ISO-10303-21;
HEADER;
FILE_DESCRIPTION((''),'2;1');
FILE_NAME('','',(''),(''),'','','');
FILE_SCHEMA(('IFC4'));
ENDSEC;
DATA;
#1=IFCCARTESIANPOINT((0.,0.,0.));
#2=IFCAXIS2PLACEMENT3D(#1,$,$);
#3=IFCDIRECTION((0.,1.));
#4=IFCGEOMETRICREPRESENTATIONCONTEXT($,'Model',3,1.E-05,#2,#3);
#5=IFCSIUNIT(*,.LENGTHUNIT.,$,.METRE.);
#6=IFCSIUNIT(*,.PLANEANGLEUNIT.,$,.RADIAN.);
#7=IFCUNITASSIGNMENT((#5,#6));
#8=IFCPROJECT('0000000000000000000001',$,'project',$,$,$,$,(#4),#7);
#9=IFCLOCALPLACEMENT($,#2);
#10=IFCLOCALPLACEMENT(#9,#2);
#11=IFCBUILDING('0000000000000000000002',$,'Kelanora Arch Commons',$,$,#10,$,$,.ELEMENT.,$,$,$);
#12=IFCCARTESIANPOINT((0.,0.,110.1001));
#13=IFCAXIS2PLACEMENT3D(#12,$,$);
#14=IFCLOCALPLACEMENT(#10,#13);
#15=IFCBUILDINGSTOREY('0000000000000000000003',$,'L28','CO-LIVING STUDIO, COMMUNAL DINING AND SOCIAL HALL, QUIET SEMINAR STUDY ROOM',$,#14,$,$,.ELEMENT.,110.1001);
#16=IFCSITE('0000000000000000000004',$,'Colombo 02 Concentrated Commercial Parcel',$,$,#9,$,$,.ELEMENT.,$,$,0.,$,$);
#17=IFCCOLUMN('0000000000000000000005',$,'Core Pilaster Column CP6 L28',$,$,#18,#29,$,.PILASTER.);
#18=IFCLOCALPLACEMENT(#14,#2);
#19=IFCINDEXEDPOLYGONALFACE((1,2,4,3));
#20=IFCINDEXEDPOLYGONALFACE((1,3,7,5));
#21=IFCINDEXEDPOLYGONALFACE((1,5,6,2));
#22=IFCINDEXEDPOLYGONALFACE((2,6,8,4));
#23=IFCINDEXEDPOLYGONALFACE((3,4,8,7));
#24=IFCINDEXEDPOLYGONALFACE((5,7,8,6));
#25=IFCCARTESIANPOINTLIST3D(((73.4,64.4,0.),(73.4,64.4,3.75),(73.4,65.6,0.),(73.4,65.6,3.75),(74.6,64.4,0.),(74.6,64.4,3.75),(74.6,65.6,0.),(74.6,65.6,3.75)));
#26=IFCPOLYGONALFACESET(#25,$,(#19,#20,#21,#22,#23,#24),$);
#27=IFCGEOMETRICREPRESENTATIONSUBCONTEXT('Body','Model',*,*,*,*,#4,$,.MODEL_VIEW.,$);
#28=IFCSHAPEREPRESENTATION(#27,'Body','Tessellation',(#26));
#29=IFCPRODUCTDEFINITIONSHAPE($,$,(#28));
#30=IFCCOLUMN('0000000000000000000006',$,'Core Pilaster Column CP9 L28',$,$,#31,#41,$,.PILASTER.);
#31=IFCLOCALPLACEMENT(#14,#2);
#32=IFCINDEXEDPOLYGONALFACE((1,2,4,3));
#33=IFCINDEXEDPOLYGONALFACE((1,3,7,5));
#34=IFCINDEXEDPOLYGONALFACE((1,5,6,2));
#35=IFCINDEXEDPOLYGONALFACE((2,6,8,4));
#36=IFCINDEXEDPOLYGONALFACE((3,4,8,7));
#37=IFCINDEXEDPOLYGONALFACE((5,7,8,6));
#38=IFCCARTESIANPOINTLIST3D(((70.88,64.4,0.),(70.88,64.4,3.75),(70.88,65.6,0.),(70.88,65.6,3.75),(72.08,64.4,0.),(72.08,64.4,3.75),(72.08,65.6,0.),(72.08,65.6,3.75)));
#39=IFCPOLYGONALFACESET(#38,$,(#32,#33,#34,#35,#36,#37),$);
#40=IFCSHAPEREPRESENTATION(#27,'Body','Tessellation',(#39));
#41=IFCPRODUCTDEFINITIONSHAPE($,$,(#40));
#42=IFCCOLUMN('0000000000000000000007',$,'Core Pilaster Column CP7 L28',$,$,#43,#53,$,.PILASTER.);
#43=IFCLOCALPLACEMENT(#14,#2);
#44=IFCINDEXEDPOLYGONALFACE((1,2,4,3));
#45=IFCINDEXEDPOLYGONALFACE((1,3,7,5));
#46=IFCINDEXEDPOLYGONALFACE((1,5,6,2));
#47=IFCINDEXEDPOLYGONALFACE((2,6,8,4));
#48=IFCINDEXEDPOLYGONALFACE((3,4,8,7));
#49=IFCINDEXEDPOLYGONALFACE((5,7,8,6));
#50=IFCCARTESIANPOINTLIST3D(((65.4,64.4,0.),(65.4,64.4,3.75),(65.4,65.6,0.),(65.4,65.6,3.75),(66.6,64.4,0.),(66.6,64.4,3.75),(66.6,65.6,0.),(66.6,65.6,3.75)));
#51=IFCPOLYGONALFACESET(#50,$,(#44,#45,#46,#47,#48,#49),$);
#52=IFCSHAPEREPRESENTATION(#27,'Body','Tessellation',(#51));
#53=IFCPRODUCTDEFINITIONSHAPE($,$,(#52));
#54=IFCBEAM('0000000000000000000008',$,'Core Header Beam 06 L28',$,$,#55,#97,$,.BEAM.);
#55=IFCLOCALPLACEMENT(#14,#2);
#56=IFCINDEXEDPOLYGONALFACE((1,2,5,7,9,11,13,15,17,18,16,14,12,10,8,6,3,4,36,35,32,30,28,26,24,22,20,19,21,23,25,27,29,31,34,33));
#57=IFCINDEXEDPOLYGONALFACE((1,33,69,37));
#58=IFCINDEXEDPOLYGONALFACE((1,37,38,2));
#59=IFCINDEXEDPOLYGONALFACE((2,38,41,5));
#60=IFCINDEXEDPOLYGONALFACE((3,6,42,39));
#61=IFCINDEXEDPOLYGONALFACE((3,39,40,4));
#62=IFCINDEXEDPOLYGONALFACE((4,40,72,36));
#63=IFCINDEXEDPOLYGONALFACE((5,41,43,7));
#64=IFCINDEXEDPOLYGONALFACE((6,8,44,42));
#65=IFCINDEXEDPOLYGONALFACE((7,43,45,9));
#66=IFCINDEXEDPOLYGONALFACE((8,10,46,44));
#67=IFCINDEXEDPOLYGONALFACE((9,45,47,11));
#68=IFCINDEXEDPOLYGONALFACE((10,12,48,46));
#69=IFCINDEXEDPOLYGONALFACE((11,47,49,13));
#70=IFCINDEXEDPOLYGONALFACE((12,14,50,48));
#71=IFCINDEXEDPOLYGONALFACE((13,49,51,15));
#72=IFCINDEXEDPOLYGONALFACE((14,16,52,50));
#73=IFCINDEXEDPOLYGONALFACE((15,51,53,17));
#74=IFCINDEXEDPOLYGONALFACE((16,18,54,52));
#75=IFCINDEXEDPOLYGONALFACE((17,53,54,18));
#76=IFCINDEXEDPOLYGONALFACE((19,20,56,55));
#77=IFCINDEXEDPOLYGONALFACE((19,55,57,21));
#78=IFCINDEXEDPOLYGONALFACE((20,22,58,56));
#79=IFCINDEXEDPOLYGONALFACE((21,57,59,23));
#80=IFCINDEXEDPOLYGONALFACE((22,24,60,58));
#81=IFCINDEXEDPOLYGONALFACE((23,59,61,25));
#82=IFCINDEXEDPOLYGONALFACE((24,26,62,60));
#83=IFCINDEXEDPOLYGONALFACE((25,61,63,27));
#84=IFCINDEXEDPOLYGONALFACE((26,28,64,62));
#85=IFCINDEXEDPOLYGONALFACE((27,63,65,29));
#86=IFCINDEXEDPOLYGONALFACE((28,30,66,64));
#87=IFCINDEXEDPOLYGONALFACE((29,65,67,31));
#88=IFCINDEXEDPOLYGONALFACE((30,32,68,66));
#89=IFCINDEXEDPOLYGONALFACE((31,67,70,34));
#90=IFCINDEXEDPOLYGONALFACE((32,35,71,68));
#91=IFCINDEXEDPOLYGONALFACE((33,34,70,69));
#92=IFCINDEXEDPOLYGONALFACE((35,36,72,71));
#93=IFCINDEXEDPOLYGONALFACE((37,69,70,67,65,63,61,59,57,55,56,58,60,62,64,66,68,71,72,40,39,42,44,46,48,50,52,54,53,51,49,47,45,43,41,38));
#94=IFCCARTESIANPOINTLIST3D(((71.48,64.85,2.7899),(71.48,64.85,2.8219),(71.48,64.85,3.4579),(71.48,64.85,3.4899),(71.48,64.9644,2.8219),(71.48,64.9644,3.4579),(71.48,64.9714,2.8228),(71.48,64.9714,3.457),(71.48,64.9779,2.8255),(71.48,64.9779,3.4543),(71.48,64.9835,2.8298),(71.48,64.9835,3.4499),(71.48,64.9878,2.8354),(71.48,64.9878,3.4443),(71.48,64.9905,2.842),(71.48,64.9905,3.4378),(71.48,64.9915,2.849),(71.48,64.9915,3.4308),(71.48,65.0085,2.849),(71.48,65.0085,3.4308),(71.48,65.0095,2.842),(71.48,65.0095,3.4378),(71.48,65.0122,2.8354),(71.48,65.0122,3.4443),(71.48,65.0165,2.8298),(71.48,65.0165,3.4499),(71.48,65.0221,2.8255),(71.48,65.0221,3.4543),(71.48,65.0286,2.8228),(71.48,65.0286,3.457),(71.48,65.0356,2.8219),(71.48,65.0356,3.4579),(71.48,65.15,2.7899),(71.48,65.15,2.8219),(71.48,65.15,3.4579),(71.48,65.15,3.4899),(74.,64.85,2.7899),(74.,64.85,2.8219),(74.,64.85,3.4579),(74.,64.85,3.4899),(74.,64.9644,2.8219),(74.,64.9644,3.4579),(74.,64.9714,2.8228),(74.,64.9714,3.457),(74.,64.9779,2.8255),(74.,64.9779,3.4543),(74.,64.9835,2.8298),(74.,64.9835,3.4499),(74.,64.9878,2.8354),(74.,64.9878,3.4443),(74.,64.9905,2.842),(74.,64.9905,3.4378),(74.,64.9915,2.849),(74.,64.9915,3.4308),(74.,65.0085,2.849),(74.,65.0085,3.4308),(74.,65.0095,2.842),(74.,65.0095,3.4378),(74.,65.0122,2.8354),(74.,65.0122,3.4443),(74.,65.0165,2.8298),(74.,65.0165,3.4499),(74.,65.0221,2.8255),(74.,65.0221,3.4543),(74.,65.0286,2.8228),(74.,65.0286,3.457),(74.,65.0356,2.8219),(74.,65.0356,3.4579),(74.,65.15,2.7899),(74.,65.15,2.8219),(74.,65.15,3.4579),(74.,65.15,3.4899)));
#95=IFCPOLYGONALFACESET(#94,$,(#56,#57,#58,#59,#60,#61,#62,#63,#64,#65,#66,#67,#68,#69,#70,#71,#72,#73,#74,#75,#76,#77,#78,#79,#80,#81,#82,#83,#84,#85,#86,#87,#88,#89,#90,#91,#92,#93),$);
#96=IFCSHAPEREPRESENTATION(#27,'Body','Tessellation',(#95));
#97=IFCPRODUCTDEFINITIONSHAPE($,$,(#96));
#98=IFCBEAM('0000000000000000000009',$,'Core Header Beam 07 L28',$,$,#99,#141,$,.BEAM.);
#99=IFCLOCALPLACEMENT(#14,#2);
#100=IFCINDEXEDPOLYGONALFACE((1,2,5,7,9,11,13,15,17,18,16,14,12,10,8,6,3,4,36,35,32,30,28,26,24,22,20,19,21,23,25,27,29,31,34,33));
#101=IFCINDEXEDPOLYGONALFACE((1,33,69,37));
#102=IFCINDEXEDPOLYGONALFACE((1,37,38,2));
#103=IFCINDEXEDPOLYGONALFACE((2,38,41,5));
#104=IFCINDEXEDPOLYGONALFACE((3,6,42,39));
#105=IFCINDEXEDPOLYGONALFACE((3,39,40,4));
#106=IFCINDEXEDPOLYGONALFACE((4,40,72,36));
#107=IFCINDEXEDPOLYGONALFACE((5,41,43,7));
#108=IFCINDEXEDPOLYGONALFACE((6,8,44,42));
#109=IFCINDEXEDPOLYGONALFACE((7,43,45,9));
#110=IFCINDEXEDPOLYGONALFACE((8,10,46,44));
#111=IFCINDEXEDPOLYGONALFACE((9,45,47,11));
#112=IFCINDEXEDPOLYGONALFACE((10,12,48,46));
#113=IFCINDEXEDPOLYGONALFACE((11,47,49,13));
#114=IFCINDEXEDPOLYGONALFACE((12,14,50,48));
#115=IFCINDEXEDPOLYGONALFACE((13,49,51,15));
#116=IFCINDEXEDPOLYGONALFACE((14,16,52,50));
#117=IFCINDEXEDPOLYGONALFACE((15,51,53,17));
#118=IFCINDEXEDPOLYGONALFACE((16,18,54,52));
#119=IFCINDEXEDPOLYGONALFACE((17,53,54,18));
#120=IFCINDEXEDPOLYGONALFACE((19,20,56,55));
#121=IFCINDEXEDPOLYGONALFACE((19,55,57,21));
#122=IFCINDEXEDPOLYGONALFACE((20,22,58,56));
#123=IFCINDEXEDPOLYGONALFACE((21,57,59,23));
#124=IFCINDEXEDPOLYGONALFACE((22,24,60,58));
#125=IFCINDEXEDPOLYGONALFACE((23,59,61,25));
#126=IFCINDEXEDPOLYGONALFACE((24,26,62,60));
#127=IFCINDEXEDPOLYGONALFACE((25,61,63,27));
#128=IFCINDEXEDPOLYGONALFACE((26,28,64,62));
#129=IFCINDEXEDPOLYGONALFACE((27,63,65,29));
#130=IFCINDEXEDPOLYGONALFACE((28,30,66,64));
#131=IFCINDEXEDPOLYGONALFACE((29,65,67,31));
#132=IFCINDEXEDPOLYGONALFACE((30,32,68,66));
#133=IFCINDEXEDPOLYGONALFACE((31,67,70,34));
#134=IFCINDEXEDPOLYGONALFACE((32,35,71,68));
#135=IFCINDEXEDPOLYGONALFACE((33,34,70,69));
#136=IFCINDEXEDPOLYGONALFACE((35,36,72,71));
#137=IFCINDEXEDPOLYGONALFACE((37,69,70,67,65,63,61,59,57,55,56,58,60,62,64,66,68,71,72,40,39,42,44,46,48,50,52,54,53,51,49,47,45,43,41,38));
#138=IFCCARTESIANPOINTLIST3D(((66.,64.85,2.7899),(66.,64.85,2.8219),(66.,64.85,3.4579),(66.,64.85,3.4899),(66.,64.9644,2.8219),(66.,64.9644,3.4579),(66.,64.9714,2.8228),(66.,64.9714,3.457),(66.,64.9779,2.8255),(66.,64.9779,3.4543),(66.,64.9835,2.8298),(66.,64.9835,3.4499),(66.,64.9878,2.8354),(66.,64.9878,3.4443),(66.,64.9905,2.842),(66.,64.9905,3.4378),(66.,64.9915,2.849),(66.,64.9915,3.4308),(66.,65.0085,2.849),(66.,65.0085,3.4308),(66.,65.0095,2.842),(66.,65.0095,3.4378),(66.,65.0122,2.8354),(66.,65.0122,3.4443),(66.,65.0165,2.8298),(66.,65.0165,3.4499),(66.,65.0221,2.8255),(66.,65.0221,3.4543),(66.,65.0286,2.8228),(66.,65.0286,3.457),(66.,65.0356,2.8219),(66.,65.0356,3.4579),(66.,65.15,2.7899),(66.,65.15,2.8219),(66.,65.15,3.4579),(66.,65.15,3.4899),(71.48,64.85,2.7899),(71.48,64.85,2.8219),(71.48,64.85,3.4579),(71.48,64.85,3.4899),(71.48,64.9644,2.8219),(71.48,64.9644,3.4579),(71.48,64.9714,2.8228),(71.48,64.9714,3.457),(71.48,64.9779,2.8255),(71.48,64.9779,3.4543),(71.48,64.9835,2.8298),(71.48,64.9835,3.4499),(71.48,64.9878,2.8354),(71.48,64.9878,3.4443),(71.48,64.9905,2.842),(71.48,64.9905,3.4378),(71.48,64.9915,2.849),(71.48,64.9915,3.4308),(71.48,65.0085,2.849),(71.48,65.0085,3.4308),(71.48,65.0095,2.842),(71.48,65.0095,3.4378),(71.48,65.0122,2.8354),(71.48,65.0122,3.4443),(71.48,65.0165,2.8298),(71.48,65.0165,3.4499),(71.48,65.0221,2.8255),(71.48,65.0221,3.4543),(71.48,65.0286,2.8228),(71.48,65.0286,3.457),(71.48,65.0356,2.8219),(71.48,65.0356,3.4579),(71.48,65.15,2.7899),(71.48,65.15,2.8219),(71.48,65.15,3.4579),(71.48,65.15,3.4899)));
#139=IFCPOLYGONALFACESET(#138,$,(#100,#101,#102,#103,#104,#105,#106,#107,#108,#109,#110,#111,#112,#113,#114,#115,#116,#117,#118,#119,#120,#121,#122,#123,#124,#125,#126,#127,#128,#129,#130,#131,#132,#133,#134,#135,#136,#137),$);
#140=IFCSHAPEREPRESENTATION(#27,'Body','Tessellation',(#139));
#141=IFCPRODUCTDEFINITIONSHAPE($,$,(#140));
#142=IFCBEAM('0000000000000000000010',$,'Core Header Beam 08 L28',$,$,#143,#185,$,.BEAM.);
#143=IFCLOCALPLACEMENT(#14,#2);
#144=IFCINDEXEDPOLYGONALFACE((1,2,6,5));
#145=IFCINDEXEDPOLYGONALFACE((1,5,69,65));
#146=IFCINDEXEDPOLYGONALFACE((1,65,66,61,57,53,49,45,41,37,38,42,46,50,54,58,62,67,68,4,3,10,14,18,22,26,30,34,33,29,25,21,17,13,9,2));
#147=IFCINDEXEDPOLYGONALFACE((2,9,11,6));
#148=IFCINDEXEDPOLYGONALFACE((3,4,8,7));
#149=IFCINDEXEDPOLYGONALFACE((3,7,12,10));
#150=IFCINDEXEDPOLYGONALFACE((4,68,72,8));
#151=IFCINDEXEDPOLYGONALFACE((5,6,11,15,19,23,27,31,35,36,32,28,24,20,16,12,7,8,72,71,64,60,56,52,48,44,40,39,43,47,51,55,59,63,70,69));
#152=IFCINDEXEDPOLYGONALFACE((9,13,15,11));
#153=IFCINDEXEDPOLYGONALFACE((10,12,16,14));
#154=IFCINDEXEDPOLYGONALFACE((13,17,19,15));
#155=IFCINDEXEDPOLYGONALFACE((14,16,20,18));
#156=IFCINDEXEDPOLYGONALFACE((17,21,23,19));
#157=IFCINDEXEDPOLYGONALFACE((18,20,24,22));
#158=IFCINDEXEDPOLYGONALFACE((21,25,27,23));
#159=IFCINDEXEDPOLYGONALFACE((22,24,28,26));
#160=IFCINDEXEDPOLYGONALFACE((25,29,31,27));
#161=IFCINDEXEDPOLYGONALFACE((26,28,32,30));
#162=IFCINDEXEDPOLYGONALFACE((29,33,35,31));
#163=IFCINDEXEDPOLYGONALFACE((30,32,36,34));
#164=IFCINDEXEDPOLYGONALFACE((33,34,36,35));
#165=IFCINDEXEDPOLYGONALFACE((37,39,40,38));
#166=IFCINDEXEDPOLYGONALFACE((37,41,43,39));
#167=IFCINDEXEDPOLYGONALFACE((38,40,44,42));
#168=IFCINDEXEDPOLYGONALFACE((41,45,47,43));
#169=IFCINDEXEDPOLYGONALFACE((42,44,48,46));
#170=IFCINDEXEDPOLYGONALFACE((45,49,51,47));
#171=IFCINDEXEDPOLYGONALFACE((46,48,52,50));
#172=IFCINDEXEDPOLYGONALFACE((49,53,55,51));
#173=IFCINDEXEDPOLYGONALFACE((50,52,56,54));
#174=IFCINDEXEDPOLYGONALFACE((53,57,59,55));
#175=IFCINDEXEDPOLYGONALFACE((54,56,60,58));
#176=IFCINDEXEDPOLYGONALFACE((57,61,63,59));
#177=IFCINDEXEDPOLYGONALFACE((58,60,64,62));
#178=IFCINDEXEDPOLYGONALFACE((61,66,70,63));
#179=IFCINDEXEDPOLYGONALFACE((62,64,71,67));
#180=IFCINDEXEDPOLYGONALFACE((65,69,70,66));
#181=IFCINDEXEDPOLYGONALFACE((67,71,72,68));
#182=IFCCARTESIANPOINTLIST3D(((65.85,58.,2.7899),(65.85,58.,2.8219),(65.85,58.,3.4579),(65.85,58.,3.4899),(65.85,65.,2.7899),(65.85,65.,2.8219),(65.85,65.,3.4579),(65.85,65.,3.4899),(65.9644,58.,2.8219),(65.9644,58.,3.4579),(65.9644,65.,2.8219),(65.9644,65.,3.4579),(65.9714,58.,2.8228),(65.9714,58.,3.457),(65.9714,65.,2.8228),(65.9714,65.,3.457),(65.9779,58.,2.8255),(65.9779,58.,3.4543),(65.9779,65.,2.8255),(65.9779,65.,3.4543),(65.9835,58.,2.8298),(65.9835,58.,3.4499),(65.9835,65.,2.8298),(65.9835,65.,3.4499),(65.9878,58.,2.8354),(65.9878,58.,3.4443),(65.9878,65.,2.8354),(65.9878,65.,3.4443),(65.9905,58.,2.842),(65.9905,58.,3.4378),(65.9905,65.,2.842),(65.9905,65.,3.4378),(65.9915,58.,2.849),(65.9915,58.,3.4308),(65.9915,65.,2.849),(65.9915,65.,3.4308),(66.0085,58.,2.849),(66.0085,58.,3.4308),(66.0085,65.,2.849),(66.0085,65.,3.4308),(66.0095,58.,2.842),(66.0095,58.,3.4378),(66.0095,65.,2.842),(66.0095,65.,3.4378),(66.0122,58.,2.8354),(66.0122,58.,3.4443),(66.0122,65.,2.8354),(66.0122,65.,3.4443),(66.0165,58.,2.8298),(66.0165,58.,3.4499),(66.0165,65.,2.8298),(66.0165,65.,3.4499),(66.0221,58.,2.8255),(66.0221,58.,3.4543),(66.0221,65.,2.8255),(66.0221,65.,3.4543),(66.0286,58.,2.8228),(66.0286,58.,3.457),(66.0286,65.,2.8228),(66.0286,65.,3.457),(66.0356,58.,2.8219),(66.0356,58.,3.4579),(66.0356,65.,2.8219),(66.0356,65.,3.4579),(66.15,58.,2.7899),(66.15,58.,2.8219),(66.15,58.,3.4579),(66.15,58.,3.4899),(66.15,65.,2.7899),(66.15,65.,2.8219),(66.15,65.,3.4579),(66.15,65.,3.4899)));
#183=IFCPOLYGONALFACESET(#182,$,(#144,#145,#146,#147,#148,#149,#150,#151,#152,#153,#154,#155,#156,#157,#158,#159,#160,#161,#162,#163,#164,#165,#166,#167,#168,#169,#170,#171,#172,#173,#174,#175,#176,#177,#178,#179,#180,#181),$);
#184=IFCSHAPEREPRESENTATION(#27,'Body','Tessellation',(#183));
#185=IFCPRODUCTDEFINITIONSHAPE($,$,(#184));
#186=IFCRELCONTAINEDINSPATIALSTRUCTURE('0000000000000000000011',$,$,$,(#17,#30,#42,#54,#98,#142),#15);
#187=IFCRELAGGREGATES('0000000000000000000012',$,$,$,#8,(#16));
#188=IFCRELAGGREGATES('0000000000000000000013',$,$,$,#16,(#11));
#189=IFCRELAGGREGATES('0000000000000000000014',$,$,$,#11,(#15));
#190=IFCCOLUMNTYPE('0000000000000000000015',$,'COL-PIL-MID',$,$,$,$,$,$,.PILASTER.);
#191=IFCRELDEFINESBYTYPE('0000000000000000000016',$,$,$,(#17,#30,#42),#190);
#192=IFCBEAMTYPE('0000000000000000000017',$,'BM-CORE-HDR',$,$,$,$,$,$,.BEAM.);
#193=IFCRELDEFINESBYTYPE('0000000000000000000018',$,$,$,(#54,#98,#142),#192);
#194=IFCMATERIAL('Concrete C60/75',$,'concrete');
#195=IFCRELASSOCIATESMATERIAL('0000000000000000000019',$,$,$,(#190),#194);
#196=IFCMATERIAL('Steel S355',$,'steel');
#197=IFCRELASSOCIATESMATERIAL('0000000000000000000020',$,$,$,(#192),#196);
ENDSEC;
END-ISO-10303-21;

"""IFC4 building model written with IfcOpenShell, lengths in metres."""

from ifc_helpers import new_model, si_unit, direction, frame, origin, origin_2d, place, context, subcontext, project, spatial, rectangle, i_section, extrude, material, material_profile, profile_set, type_object, element, save


model = new_model("IFC4")

# Units and contexts
model_context = context("Model", 3, precision=1e-05, world=origin(), true_north=direction((0.0, 1.0)))
body_context = subcontext(model_context, "Body", "Model", "MODEL_VIEW")
ifc_project = project(units=[si_unit("LENGTHUNIT", "METRE"), si_unit("PLANEANGLEUNIT", "RADIAN")], contexts=[model_context])

# Site, building, storey
site_placement = place(None, origin())
site = spatial("IfcSite", under=ifc_project, at=site_placement, Name="Colombo 02 Concentrated Commercial Parcel", CompositionType="ELEMENT", RefElevation=0.0)
building_placement = place(site_placement, origin())
building = spatial("IfcBuilding", under=site, at=building_placement, Name="Kelanora Arch Commons", CompositionType="ELEMENT")
storey_placement = place(building_placement, frame((0.0, 0.0, 110.1001)))
storey = spatial("IfcBuildingStorey", under=building, at=storey_placement, Name="L28", Description="CO-LIVING STUDIO, COMMUNAL DINING AND SOCIAL HALL, QUIET SEMINAR STUDY ROOM", CompositionType="ELEMENT", Elevation=110.1001)

# Columns
ifc_material_1 = material(Name="Concrete C60/75", Category="concrete")
ifc_material_profile_1 = material_profile(ifc_material_1, rectangle(XDim=1.2, YDim=1.2, at=origin_2d()), Name="RC1200x1200")
ifc_profile_set_1 = profile_set([ifc_material_profile_1], Name="Concrete C60/75")
column_type = type_object("IfcColumnType", Name="COL-PIL-MID", PredefinedType="PILASTER", material=ifc_profile_set_1)
for number, where, z_axis, x_axis, name in (
    (1, (74.0, 65.0, 0.0), (0.0, 0.0, 1.0), (1.0, 0.0, 0.0), "Core Pilaster Column CP6 L28"),
    (2, (71.48, 65.0, 0.0), (0.0, 0.0, 1.0), (1.0, 0.0, 0.0), "Core Pilaster Column CP9 L28"),
    (3, (66.0, 65.0, 0.0), (0.0, 0.0, 1.0), (1.0, 0.0, 0.0), "Core Pilaster Column CP7 L28"),
):
    element("IfcColumn", number, at=place(storey_placement, frame(where, z_axis=z_axis, x_axis=x_axis)), inside=storey, type_object=column_type, Name=name, PredefinedType="PILASTER", context=body_context, shape_type="SweptSolid", body=[
        extrude(rectangle(XDim=1.2, YDim=1.2, at=origin_2d()), origin(), (0.0, 0.0, 1.0), 3.75),
    ])

# Beams
ifc_material_2 = material(Name="Steel S355", Category="steel")
ifc_material_profile_2 = material_profile(ifc_material_2, i_section(OverallWidth=0.3, OverallDepth=0.7, WebThickness=0.0171, FlangeThickness=0.032, FilletRadius=0.0271, at=origin_2d()), Name="HEB700")
ifc_profile_set_2 = profile_set([ifc_material_profile_2], Name="Steel S355")
beam_type_1 = type_object("IfcBeamType", Name="BM-CORE-HDR", PredefinedType="BEAM", material=ifc_profile_set_2)
beam_1_placement = place(storey_placement, frame((74.0, 65.0, 3.1399), z_axis=(-1.0, 0.0, 0.0), x_axis=(0.0, -1.0, 0.0)))
element("IfcBeam", 4, at=beam_1_placement, inside=storey, type_object=beam_type_1, Name="Core Header Beam 06 L28", PredefinedType="BEAM", context=body_context, shape_type="SweptSolid", body=[
    extrude(i_section(OverallWidth=0.3, OverallDepth=0.7, WebThickness=0.0171, FlangeThickness=0.032, FilletRadius=0.0271, at=origin_2d()), origin(), (0.0, 0.0, 1.0), 2.52),
])
beam_2_placement = place(storey_placement, frame((71.48, 65.0, 3.1399), z_axis=(-1.0, 0.0, 0.0), x_axis=(0.0, -1.0, 0.0)))
element("IfcBeam", 5, at=beam_2_placement, inside=storey, type_object=beam_type_1, Name="Core Header Beam 07 L28", PredefinedType="BEAM", context=body_context, shape_type="SweptSolid", body=[
    extrude(i_section(OverallWidth=0.3, OverallDepth=0.7, WebThickness=0.0171, FlangeThickness=0.032, FilletRadius=0.0271, at=origin_2d()), origin(), (0.0, 0.0, 1.0), 5.48),
])
beam_3_placement = place(storey_placement, frame((66.0, 65.0, 3.1399), z_axis=(0.0, -1.0, 0.0), x_axis=(1.0, 0.0, 0.0)))
element("IfcBeam", 6, at=beam_3_placement, inside=storey, type_object=beam_type_1, Name="Core Header Beam 08 L28", PredefinedType="BEAM", context=body_context, shape_type="SweptSolid", body=[
    extrude(i_section(OverallWidth=0.3, OverallDepth=0.7, WebThickness=0.0171, FlangeThickness=0.032, FilletRadius=0.0271, at=origin_2d()), origin(), (0.0, 0.0, 1.0), 7.0),
])

save(model, "model.ifc")
